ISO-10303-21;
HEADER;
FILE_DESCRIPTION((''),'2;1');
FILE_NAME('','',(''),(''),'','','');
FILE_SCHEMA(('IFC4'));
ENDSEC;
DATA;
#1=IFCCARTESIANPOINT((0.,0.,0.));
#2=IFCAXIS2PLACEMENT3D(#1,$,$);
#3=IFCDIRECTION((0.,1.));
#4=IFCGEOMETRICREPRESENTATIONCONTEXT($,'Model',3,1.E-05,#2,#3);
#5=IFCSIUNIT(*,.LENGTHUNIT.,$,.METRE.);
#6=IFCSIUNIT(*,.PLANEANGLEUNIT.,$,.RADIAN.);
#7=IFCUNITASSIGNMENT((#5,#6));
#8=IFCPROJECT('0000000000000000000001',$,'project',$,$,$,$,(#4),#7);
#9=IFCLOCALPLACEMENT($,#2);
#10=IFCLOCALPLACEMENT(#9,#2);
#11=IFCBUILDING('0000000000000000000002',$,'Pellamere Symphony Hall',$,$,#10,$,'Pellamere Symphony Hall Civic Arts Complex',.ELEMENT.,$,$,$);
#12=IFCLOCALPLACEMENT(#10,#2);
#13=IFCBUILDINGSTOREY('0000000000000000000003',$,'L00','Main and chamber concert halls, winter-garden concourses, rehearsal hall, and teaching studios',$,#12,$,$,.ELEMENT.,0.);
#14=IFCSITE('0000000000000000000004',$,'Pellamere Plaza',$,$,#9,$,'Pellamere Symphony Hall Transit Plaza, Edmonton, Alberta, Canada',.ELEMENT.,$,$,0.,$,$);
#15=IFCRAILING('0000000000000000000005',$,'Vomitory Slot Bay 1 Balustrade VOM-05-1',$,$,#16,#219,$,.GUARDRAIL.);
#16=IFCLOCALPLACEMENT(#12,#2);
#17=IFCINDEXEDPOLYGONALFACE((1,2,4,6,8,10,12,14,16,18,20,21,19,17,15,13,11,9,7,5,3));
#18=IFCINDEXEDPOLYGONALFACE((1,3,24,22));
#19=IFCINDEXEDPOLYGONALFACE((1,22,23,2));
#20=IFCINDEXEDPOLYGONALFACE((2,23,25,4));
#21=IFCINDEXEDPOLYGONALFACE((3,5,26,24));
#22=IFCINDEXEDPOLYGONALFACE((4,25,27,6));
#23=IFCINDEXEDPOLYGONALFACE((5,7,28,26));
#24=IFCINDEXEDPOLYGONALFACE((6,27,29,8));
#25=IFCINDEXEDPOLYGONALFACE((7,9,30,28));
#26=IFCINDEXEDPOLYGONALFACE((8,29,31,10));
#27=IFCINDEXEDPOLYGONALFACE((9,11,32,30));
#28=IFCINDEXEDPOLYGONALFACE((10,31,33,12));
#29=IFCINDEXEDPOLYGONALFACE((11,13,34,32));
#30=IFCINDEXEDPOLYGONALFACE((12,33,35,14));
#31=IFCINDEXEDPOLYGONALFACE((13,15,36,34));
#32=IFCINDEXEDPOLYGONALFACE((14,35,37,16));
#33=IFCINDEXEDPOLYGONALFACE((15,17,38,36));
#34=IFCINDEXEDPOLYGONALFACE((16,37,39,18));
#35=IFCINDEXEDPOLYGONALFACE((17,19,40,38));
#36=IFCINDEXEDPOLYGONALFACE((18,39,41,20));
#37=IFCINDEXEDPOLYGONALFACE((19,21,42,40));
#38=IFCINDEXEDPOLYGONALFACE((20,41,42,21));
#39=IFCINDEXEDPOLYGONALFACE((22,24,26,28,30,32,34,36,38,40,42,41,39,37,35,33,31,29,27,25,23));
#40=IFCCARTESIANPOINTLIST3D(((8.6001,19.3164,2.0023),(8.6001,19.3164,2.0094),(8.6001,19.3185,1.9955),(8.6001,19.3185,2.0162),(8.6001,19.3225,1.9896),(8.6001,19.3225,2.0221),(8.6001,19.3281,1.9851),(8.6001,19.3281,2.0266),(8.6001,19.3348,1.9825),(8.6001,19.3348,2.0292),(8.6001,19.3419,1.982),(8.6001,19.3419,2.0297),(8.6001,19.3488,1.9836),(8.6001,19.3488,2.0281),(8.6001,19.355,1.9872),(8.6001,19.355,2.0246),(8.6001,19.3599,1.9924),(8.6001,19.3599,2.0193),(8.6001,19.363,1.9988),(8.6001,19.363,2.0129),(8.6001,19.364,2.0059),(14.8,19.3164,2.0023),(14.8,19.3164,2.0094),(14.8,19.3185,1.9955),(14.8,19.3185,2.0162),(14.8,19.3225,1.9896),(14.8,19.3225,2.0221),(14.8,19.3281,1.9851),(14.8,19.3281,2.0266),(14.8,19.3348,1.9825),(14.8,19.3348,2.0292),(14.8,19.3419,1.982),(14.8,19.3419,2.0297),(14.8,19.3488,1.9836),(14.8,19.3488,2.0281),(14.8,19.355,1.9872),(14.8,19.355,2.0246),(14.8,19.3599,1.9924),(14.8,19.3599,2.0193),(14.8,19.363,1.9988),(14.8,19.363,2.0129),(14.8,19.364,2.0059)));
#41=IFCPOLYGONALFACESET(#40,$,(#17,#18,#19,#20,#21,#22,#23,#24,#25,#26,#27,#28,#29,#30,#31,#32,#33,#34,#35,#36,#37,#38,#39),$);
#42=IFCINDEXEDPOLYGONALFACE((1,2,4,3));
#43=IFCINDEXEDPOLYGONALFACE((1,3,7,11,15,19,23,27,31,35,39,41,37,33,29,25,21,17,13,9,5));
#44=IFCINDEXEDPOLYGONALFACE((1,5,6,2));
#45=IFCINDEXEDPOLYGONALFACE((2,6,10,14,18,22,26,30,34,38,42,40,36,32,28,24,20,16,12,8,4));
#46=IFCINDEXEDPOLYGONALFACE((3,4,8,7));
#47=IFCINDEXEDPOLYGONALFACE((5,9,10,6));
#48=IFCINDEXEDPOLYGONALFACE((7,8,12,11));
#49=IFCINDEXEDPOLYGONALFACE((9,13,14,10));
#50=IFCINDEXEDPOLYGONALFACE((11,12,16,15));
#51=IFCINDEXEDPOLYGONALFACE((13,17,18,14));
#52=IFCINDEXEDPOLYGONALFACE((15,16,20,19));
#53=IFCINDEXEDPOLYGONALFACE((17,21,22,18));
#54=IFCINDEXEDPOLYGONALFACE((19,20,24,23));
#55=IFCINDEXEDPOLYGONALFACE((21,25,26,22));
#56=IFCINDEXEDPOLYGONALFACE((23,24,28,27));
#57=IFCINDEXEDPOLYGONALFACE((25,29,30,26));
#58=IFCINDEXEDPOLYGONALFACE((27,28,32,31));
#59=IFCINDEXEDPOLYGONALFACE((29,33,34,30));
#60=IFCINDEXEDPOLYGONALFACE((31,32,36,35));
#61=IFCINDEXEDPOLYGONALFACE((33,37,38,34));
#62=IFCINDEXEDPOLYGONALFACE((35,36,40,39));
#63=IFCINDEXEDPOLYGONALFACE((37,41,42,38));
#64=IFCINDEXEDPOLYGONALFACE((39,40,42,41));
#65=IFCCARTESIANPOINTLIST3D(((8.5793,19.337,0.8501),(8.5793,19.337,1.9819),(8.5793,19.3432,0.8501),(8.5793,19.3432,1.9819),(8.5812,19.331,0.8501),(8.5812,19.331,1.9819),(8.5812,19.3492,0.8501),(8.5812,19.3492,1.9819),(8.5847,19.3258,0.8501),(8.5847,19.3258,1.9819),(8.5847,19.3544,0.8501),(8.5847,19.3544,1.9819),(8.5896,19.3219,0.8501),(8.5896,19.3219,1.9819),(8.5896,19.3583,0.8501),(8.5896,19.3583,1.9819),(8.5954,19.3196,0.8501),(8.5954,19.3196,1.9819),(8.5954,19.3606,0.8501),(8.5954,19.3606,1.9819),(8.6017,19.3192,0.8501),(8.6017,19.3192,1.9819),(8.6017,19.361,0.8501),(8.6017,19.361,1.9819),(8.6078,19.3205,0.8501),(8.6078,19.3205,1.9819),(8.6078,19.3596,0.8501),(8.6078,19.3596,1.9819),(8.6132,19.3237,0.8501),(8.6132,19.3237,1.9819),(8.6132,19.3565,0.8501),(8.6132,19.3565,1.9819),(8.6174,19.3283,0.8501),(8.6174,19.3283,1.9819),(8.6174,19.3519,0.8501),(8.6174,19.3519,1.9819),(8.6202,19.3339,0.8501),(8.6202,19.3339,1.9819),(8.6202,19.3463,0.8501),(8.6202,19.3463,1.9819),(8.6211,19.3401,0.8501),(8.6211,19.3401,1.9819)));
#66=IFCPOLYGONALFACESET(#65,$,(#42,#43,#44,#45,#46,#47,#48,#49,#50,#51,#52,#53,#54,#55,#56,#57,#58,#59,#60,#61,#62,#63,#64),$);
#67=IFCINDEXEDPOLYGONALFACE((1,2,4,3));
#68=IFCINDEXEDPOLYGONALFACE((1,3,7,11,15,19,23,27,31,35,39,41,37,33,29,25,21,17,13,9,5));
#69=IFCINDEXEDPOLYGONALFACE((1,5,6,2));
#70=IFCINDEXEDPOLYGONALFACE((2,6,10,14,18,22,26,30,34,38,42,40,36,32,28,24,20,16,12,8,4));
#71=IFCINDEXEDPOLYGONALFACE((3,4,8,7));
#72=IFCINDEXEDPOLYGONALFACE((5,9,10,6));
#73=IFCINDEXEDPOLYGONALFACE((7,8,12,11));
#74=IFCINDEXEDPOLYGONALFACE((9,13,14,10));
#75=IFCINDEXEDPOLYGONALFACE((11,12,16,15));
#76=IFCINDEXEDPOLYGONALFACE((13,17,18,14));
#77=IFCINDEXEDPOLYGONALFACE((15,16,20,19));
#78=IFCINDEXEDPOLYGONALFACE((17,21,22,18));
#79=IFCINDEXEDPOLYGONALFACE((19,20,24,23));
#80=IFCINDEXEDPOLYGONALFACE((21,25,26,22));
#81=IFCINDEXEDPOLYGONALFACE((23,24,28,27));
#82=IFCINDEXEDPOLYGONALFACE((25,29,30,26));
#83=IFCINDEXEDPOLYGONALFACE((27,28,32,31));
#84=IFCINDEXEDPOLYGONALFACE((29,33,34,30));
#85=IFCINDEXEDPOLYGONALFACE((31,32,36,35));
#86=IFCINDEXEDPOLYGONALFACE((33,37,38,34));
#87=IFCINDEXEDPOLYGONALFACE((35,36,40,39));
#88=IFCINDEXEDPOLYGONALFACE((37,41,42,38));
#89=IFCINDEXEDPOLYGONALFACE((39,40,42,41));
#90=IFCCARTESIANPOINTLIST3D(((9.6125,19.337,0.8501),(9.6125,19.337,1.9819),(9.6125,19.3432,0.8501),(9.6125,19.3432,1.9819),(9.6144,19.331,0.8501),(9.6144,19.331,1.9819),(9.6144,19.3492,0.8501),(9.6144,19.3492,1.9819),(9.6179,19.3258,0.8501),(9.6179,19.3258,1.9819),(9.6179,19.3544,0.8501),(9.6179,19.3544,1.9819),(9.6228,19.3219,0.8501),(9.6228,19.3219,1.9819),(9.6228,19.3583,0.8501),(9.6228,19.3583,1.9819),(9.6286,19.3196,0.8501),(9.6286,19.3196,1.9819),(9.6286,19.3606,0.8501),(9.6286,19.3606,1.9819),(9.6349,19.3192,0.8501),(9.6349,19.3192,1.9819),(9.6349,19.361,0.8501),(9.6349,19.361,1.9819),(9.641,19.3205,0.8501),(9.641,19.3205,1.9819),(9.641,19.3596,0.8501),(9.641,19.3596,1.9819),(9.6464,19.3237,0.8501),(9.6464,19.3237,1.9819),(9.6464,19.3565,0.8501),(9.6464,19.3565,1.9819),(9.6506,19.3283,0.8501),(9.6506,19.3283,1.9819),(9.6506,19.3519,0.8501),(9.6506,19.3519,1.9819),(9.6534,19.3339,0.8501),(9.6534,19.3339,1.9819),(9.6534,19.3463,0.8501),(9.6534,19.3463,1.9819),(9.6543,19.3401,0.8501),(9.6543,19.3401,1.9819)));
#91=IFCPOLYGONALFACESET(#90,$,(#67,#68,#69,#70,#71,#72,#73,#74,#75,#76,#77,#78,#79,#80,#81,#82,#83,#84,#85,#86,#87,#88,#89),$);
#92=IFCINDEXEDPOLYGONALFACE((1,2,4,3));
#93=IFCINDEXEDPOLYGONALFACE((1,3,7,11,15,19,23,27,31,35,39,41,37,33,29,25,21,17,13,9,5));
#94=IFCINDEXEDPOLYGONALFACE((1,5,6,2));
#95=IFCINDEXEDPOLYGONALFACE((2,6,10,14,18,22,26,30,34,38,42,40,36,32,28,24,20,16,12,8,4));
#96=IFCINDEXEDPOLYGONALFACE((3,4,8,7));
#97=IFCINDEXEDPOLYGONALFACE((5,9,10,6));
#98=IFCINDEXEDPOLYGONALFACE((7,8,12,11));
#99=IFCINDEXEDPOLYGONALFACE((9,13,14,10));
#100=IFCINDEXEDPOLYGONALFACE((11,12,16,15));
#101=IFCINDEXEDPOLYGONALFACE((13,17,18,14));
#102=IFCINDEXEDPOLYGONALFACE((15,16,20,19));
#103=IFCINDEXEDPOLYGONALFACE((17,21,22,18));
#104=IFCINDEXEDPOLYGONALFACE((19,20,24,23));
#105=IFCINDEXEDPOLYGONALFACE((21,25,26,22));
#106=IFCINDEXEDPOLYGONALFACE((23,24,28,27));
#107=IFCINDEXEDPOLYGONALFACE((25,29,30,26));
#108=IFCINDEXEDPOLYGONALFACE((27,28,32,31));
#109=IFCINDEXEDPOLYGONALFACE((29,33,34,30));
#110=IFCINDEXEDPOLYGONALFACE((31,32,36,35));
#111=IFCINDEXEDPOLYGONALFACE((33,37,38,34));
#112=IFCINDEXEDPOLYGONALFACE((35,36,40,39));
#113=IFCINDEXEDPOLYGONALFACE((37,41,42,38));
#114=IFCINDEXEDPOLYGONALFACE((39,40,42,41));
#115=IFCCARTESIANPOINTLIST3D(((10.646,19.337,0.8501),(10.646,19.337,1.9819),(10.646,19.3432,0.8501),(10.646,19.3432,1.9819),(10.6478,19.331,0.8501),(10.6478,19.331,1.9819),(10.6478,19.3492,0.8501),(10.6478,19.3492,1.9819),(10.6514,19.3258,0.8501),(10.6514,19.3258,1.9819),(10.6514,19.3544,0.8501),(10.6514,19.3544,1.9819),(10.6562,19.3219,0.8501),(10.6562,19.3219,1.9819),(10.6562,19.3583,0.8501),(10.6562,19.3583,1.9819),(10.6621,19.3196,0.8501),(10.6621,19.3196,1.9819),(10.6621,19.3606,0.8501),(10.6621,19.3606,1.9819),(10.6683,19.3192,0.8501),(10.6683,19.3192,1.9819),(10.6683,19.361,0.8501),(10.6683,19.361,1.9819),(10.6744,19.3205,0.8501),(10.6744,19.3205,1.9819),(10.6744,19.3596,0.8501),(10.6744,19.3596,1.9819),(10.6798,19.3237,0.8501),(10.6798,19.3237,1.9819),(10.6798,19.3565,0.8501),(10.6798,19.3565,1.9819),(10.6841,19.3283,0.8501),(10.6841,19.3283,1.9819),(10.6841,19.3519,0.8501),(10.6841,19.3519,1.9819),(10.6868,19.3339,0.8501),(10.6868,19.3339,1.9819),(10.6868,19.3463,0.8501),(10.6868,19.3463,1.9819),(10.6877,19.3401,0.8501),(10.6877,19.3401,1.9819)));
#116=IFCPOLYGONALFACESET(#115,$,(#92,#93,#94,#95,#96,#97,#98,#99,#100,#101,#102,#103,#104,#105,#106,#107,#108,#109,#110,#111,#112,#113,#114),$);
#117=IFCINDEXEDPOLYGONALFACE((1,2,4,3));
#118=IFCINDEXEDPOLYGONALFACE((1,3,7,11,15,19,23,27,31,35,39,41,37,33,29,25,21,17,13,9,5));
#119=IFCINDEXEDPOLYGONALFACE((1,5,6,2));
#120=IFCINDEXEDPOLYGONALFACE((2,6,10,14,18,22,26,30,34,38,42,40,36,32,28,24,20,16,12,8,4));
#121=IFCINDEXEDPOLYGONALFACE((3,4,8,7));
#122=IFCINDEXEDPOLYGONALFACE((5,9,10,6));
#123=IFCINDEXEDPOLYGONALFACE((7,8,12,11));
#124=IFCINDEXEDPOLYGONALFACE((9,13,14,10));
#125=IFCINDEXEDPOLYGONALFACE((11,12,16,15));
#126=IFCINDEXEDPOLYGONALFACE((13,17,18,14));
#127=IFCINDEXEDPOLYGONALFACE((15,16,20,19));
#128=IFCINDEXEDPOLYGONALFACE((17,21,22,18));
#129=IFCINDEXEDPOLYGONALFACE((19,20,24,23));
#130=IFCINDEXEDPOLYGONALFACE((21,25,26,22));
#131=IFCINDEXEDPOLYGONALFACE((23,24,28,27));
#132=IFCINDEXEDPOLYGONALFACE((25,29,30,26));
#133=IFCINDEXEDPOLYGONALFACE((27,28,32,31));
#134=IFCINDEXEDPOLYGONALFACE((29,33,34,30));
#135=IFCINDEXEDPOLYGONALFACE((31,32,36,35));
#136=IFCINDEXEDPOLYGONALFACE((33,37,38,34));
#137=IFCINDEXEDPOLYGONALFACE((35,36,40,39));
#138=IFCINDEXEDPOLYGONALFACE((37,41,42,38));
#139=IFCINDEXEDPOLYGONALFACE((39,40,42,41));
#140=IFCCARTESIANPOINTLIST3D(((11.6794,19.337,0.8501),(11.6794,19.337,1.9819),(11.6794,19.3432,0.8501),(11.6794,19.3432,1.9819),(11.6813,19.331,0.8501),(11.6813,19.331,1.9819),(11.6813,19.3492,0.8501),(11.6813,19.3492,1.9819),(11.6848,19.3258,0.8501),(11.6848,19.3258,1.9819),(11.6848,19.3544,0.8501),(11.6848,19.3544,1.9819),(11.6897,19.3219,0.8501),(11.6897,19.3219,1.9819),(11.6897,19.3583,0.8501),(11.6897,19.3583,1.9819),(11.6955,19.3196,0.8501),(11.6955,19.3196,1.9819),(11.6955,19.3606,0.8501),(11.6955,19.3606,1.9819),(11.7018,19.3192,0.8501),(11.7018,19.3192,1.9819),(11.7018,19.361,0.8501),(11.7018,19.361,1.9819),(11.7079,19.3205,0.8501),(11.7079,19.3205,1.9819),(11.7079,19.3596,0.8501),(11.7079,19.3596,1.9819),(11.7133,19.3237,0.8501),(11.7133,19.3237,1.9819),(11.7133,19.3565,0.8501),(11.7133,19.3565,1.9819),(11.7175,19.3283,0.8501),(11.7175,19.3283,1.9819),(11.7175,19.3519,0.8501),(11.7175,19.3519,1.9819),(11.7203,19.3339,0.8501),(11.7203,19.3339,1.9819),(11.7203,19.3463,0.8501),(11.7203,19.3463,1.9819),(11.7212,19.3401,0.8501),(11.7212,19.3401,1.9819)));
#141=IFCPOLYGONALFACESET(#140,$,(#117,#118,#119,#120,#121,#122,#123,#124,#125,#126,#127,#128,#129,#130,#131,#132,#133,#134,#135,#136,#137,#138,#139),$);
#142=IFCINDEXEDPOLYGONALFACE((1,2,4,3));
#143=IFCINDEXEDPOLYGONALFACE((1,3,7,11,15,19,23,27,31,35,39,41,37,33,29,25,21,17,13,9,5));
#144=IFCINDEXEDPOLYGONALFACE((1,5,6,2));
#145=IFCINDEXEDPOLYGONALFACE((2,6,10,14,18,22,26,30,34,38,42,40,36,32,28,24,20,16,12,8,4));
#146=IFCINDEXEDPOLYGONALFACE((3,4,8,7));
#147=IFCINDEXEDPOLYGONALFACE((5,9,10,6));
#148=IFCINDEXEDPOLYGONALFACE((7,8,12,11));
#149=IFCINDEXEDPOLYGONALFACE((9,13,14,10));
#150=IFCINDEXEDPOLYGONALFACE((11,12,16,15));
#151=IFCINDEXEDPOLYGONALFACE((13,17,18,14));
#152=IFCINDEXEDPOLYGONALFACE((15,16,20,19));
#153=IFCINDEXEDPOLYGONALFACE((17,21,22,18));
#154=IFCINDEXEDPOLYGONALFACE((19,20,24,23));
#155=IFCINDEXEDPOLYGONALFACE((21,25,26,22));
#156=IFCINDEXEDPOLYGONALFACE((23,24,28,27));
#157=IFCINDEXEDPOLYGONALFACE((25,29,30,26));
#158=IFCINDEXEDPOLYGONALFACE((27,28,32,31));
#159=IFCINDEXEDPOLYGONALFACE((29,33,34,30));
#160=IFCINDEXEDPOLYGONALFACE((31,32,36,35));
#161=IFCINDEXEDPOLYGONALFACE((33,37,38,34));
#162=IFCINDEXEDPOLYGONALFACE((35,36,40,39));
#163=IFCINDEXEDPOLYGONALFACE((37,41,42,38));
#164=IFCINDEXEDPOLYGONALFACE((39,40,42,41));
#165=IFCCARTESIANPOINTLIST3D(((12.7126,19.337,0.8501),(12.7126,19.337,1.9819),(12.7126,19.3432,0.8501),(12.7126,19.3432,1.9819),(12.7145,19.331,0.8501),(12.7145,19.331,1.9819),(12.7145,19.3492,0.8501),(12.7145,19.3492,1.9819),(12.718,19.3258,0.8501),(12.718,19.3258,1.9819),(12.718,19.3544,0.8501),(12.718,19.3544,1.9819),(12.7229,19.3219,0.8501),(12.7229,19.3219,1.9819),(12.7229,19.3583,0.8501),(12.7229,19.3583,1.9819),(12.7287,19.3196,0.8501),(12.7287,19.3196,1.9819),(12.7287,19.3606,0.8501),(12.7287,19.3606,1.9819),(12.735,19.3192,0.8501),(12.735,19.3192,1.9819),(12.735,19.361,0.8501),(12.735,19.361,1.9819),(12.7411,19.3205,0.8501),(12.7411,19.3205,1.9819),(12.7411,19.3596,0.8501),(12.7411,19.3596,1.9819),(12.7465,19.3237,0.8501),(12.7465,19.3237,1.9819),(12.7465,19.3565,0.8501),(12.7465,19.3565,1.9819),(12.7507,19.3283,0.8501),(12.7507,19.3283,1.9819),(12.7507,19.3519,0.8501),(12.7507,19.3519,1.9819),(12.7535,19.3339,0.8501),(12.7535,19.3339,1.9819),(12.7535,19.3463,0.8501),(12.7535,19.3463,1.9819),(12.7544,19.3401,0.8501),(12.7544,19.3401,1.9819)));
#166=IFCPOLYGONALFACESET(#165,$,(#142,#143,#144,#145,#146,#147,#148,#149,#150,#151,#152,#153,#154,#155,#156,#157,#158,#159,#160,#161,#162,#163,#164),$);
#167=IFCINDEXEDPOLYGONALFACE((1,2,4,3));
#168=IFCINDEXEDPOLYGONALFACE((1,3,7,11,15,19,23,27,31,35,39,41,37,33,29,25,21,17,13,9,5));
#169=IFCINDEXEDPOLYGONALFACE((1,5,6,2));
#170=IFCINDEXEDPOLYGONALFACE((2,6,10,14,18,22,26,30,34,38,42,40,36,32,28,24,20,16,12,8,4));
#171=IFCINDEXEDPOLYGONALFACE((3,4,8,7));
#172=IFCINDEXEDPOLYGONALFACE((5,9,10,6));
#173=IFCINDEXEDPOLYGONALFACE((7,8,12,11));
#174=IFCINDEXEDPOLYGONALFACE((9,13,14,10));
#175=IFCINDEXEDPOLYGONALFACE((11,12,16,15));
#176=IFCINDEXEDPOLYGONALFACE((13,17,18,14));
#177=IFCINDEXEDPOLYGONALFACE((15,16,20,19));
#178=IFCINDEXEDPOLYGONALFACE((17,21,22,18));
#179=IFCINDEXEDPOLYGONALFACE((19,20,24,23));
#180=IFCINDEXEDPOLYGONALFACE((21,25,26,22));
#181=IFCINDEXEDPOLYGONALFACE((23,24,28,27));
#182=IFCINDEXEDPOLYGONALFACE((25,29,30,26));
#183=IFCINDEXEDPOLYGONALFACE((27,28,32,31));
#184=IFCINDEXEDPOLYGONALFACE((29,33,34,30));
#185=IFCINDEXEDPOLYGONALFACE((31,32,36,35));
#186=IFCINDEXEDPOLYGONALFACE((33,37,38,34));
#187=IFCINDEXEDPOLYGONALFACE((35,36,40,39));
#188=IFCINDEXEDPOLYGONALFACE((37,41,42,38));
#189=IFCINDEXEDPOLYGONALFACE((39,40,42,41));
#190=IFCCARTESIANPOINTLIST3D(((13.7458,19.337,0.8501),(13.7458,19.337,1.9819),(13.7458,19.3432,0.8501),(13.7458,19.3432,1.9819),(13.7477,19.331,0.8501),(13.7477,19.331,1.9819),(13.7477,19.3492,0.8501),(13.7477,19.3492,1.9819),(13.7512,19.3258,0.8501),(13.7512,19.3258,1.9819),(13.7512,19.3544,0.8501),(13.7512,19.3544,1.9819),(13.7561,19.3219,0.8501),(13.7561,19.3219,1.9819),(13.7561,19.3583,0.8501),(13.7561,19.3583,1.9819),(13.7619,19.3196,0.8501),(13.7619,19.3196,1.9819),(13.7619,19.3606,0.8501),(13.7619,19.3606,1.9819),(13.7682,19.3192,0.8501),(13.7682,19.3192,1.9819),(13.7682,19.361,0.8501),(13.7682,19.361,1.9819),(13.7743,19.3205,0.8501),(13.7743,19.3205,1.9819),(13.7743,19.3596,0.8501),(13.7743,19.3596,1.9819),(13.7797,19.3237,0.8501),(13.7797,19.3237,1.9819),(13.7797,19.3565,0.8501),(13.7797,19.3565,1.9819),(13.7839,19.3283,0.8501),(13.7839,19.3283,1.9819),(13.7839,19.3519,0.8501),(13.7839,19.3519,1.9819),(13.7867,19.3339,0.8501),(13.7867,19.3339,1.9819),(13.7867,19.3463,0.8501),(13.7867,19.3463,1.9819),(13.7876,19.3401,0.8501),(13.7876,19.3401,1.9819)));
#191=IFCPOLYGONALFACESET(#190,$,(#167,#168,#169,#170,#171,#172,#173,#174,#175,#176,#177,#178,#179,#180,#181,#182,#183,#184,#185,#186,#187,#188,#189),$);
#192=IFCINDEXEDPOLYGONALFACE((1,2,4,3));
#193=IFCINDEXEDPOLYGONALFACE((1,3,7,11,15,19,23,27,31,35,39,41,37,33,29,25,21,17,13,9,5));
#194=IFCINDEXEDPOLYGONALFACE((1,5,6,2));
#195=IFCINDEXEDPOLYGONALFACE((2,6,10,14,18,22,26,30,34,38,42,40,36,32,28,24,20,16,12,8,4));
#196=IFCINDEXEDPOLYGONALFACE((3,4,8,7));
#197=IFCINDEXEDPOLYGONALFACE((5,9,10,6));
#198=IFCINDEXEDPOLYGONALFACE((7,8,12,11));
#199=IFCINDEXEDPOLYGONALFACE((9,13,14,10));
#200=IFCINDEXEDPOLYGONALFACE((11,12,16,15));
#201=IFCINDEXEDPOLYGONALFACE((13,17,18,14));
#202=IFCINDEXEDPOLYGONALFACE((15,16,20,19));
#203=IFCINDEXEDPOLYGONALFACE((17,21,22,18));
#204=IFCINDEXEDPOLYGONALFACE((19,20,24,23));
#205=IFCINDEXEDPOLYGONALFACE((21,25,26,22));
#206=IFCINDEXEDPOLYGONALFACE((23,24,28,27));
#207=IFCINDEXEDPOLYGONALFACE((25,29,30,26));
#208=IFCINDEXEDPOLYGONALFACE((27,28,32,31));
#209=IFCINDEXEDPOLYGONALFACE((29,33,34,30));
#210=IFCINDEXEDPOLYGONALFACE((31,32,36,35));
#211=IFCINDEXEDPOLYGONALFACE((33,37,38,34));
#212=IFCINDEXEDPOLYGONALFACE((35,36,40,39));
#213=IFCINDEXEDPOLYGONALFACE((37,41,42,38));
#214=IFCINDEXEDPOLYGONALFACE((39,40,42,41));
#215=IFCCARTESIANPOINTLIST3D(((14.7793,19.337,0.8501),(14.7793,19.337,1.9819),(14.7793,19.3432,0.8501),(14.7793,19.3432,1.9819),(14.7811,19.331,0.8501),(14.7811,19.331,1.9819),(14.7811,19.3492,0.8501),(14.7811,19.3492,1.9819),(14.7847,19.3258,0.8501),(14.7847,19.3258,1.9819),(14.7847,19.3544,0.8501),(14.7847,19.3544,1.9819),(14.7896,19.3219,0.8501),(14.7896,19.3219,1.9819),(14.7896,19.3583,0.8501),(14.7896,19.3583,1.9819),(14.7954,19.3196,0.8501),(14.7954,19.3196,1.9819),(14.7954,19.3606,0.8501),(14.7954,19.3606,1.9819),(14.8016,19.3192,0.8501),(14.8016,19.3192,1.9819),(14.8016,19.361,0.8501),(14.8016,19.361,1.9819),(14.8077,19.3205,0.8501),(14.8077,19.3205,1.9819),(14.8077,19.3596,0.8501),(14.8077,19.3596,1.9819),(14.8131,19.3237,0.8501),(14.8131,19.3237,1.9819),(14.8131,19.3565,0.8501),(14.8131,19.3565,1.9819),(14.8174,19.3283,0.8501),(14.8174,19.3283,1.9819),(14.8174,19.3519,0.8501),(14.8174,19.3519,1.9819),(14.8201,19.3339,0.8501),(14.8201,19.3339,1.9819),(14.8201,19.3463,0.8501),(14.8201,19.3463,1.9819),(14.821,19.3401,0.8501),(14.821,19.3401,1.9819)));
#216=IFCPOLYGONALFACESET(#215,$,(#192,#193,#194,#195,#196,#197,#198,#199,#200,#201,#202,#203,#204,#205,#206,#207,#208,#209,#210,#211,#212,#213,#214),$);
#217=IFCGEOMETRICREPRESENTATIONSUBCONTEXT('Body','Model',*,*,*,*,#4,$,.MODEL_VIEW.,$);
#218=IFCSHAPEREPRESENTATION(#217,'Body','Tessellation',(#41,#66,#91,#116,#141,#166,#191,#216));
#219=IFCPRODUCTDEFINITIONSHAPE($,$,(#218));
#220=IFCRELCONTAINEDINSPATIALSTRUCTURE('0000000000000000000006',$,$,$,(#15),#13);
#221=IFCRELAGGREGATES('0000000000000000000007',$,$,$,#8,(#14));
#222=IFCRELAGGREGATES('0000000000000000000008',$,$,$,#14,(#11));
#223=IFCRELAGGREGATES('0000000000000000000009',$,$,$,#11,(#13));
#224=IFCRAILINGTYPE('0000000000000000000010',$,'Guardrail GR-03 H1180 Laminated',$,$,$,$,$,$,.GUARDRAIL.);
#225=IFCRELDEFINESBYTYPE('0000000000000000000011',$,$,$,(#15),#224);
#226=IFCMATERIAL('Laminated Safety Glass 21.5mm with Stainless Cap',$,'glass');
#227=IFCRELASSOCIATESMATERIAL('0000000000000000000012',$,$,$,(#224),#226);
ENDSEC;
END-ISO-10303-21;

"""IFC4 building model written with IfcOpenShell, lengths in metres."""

from ifc_helpers import new_model, si_unit, direction, frame, origin, origin_2d, place, context, subcontext, project, spatial, circle, extrude, material, type_object, element, save


model = new_model("IFC4")

# Units and contexts
model_context = context("Model", 3, precision=1e-05, world=origin(), true_north=direction((0.0, 1.0)))
body_context = subcontext(model_context, "Body", "Model", "MODEL_VIEW")
ifc_project = project(units=[si_unit("LENGTHUNIT", "METRE"), si_unit("PLANEANGLEUNIT", "RADIAN")], contexts=[model_context])

# Site, building, storey
site_placement = place(None, origin())
site = spatial("IfcSite", under=ifc_project, at=site_placement, Name="Pellamere Plaza", LongName="Pellamere Symphony Hall Transit Plaza, Edmonton, Alberta, Canada", CompositionType="ELEMENT", RefElevation=0.0)
building_placement = place(site_placement, origin())
building = spatial("IfcBuilding", under=site, at=building_placement, Name="Pellamere Symphony Hall", LongName="Pellamere Symphony Hall Civic Arts Complex", CompositionType="ELEMENT")
storey_placement = place(building_placement, origin())
storey = spatial("IfcBuildingStorey", under=building, at=storey_placement, Name="L00", Description="Main and chamber concert halls, winter-garden concourses, rehearsal hall, and teaching studios", CompositionType="ELEMENT", Elevation=0.0)

# Railing
ifc_material_1 = material(Name="Laminated Safety Glass 21.5mm with Stainless Cap", Category="glass")
railing_type_1 = type_object("IfcRailingType", Name="Guardrail GR-03 H1180 Laminated", PredefinedType="GUARDRAIL", material=ifc_material_1)
railing_1_placement = place(storey_placement, frame((8.6001, 19.3401, 0.8501)))
element("IfcRailing", 1, at=railing_1_placement, inside=storey, type_object=railing_type_1, Name="Vomitory Slot Bay 1 Balustrade VOM-05-1", PredefinedType="GUARDRAIL", context=body_context, shape_type="SweptSolid", body=[
    extrude(circle(Radius=0.0239, at=origin_2d()), frame((0.0, 0.0, 1.1558), z_axis=(1.0, 0.0, 0.0), x_axis=(0.0, 1.0, 0.0)), (0.0, 0.0, 1.0), 6.2),
    extrude(circle(Radius=0.021, at=origin_2d()), origin(), (0.0, 0.0, 1.0), 1.1318),
    extrude(circle(Radius=0.021, at=origin_2d()), frame((1.0332, 0.0, 0.0)), (0.0, 0.0, 1.0), 1.1318),
    extrude(circle(Radius=0.021, at=origin_2d()), frame((2.0667, 0.0, 0.0)), (0.0, 0.0, 1.0), 1.1318),
    extrude(circle(Radius=0.021, at=origin_2d()), frame((3.1001, 0.0, 0.0)), (0.0, 0.0, 1.0), 1.1318),
    extrude(circle(Radius=0.021, at=origin_2d()), frame((4.1333, 0.0, 0.0)), (0.0, 0.0, 1.0), 1.1318),
    extrude(circle(Radius=0.021, at=origin_2d()), frame((5.1665, 0.0, 0.0)), (0.0, 0.0, 1.0), 1.1318),
    extrude(circle(Radius=0.021, at=origin_2d()), frame((6.2, 0.0, 0.0)), (0.0, 0.0, 1.0), 1.1318),
])

save(model, "model.ifc")
